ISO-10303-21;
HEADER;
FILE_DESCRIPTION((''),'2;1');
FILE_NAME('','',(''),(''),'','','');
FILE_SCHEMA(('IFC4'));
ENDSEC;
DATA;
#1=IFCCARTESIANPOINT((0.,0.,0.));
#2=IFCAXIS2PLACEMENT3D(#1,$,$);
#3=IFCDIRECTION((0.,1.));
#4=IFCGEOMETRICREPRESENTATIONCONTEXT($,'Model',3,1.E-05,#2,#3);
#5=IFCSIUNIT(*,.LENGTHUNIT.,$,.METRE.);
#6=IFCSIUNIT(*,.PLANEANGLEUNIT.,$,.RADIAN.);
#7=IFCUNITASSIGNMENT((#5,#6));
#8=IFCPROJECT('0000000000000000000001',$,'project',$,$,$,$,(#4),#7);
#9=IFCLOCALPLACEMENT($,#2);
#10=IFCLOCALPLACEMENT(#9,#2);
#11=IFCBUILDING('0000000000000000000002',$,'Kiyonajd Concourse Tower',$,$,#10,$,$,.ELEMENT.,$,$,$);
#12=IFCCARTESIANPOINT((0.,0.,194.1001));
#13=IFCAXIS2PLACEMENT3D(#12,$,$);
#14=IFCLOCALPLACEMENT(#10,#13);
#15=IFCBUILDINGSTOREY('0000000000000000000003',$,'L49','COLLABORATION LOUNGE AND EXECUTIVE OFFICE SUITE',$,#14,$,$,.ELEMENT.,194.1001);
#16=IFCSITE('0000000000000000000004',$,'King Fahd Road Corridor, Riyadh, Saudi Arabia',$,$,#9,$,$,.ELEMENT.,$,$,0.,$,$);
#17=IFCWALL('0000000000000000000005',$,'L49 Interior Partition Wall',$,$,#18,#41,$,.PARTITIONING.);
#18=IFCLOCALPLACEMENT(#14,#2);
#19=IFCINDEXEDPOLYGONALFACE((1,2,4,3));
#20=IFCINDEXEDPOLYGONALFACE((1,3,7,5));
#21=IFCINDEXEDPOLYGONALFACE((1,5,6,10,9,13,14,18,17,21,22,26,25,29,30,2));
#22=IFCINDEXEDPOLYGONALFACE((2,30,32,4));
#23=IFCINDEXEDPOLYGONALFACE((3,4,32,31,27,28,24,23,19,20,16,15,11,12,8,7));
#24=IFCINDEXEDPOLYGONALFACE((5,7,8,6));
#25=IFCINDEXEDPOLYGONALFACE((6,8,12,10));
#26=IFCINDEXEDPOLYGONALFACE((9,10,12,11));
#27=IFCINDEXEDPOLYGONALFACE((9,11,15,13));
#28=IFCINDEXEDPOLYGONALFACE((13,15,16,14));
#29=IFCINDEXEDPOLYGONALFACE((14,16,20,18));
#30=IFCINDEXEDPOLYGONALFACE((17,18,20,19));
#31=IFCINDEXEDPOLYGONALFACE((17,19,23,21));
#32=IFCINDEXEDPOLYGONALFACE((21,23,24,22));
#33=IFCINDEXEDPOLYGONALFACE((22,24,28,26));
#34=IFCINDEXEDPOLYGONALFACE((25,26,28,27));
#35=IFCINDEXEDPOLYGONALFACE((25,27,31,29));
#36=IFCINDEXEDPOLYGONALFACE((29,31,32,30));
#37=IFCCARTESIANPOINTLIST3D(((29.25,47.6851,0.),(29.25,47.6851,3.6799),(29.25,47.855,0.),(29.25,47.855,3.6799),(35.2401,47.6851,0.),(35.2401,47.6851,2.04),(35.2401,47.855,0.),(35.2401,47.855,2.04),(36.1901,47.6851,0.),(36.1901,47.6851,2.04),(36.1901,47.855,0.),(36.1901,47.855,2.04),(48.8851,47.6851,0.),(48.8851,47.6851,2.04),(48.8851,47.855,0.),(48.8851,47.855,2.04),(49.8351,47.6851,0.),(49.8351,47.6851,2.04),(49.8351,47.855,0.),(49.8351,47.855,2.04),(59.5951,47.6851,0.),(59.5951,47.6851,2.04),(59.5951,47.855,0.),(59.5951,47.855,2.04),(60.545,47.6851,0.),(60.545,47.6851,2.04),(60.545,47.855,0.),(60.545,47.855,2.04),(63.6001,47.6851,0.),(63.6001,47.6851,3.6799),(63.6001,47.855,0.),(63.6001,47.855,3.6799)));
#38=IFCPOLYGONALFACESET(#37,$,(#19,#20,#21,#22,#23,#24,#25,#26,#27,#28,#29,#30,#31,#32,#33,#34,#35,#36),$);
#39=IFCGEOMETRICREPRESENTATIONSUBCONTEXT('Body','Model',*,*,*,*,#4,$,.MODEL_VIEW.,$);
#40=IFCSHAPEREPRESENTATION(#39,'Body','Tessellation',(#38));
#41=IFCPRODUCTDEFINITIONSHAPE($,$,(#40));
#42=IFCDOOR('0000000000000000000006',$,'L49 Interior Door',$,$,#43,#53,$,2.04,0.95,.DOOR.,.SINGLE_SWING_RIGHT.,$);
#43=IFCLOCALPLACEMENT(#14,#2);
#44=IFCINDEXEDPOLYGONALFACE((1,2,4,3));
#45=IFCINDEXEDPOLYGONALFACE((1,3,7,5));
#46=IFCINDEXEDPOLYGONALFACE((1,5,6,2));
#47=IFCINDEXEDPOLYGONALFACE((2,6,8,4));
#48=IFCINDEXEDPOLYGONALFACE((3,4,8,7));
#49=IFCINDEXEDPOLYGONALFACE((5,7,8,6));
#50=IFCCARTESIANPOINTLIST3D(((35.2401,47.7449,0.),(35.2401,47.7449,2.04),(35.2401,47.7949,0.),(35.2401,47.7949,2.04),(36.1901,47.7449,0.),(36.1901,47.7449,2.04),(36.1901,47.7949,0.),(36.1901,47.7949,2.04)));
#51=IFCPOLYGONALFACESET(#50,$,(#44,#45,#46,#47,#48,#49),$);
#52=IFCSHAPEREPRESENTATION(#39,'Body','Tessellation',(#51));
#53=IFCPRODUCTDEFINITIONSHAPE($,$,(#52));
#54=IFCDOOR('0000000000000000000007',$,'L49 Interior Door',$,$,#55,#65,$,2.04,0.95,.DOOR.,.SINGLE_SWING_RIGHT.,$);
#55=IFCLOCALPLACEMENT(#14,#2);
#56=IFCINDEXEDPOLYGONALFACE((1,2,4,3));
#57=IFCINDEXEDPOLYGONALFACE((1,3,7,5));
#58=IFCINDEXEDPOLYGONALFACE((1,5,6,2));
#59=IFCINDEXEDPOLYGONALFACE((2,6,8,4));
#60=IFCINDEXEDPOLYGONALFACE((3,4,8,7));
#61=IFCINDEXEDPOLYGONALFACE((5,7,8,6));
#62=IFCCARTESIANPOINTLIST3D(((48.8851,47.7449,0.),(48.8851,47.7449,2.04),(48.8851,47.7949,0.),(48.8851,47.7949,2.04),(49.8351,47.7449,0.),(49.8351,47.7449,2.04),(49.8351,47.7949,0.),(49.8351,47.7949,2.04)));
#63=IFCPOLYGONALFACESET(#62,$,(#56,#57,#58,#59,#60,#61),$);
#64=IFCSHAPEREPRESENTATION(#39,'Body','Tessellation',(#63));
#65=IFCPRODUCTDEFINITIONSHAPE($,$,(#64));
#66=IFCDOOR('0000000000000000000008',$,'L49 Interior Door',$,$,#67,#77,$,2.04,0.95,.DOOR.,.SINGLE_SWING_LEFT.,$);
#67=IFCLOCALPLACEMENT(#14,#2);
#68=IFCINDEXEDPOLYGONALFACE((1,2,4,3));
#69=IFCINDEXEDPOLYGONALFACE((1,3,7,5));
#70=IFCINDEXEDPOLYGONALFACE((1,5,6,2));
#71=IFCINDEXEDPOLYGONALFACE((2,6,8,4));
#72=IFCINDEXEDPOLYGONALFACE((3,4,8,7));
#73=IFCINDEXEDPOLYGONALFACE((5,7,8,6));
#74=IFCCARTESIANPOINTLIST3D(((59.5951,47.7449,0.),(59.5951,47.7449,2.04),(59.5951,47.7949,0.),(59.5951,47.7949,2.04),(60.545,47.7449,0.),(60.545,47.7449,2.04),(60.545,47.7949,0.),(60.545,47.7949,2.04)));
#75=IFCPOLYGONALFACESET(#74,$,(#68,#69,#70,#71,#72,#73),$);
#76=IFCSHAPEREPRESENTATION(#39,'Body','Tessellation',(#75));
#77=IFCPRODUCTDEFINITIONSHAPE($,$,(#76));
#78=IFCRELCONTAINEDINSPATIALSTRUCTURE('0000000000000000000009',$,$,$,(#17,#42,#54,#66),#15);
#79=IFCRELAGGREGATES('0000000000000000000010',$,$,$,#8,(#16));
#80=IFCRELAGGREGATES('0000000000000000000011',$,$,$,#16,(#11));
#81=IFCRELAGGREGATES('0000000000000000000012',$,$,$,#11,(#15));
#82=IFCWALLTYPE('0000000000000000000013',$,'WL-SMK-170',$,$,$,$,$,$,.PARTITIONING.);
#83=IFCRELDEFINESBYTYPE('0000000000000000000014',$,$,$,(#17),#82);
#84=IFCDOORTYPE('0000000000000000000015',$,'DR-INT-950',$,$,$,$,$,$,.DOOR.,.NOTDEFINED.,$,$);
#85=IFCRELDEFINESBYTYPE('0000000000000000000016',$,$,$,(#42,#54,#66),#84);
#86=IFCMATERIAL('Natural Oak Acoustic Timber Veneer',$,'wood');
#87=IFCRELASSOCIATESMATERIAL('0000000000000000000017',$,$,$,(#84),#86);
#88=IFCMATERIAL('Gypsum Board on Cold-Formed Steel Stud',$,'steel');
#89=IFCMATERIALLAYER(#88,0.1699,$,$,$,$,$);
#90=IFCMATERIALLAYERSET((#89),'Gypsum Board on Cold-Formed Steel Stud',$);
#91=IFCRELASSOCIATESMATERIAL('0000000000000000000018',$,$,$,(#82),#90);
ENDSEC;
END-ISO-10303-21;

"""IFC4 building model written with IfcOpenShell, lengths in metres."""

from ifc_helpers import new_model, si_unit, direction, frame, frame_2d, origin, place, context, subcontext, project, spatial, rectangle, extrude, material, layer, layer_set, type_object, element, fill, save


model = new_model("IFC4")

# Units and contexts
model_context = context("Model", 3, precision=1e-05, world=origin(), true_north=direction((0.0, 1.0)))
body_context = subcontext(model_context, "Body", "Model", "MODEL_VIEW")
ifc_project = project(units=[si_unit("LENGTHUNIT", "METRE"), si_unit("PLANEANGLEUNIT", "RADIAN")], contexts=[model_context])

# Site, building, storey
site_placement = place(None, origin())
site = spatial("IfcSite", under=ifc_project, at=site_placement, Name="King Fahd Road Corridor, Riyadh, Saudi Arabia", CompositionType="ELEMENT", RefElevation=0.0)
building_placement = place(site_placement, origin())
building = spatial("IfcBuilding", under=site, at=building_placement, Name="Kiyonajd Concourse Tower", CompositionType="ELEMENT")
storey_placement = place(building_placement, frame((0.0, 0.0, 194.1001)))
storey = spatial("IfcBuildingStorey", under=building, at=storey_placement, Name="L49", Description="COLLABORATION LOUNGE AND EXECUTIVE OFFICE SUITE", CompositionType="ELEMENT", Elevation=194.1001)

# Shared definitions
ifc_material_1 = material(Name="Natural Oak Acoustic Timber Veneer", Category="wood")
door_type_1 = type_object("IfcDoorType", Name="DR-INT-950", OperationType="NOTDEFINED", PredefinedType="DOOR", material=ifc_material_1)

# Shared definitions
ifc_material_2 = material(Name="Gypsum Board on Cold-Formed Steel Stud", Category="steel")

# Wall, openings, doors
ifc_layer_1 = layer(ifc_material_2, 0.1699)
ifc_layer_set_1 = layer_set([ifc_layer_1], Name="Gypsum Board on Cold-Formed Steel Stud")
wall_type_1 = type_object("IfcWallType", Name="WL-SMK-170", PredefinedType="PARTITIONING", material=ifc_layer_set_1)
wall_1_placement = place(storey_placement, frame((29.25, 47.77, 0.0), z_axis=(0.0, 0.0, 1.0), x_axis=(1.0, 0.0, 0.0)))
wall_1 = element("IfcWall", 1, at=wall_1_placement, inside=storey, type_object=wall_type_1, Name="L49 Interior Partition Wall", PredefinedType="PARTITIONING", context=body_context, shape_type="SweptSolid", body=[
    extrude(rectangle(XDim=34.3501, YDim=0.1699, at=frame_2d((17.175, 0.0))), origin(), (0.0, 0.0, 1.0), 3.6799),
])
opening_1_placement = place(wall_1_placement, frame((5.99, 0.0, 0.0)))
opening_1 = element("IfcOpeningElement", 2, at=opening_1_placement, cuts=wall_1, PredefinedType="OPENING", context=body_context, shape_type="SweptSolid", body=[
    extrude(rectangle(XDim=0.95, YDim=2.04, at=frame_2d((0.4751, 1.02))), frame((0.0, 0.095, 0.0), z_axis=(0.0, -1.0, 0.0), x_axis=(1.0, 0.0, 0.0)), (0.0, 0.0, 1.0), 0.1899),
])
opening_2_placement = place(wall_1_placement, frame((19.635, 0.0, 0.0)))
opening_2 = element("IfcOpeningElement", 3, at=opening_2_placement, cuts=wall_1, PredefinedType="OPENING", context=body_context, shape_type="SweptSolid", body=[
    extrude(rectangle(XDim=0.95, YDim=2.04, at=frame_2d((0.4751, 1.02))), frame((0.0, 0.095, 0.0), z_axis=(0.0, -1.0, 0.0), x_axis=(1.0, 0.0, 0.0)), (0.0, 0.0, 1.0), 0.1899),
])
opening_3_placement = place(wall_1_placement, frame((30.345, 0.0, 0.0)))
opening_3 = element("IfcOpeningElement", 4, at=opening_3_placement, cuts=wall_1, PredefinedType="OPENING", context=body_context, shape_type="SweptSolid", body=[
    extrude(rectangle(XDim=0.95, YDim=2.04, at=frame_2d((0.4751, 1.02))), frame((0.0, 0.095, 0.0), z_axis=(0.0, -1.0, 0.0), x_axis=(1.0, 0.0, 0.0)), (0.0, 0.0, 1.0), 0.1899),
])
door_1_placement = place(opening_1_placement, origin())
door_1 = element("IfcDoor", 5, at=door_1_placement, inside=storey, type_object=door_type_1, Name="L49 Interior Door", OperationType="SINGLE_SWING_RIGHT", OverallHeight=2.04, OverallWidth=0.95, PredefinedType="DOOR", context=body_context, shape_type="SweptSolid", body=[
    extrude(rectangle(XDim=0.95, YDim=2.04, at=frame_2d((0.4751, 1.02))), frame((0.0, 0.0249, 0.0), z_axis=(0.0, -1.0, 0.0), x_axis=(1.0, 0.0, 0.0)), (0.0, 0.0, 1.0), 0.05),
])
fill(opening_1, door_1)
door_2_placement = place(opening_2_placement, origin())
door_2 = element("IfcDoor", 6, at=door_2_placement, inside=storey, type_object=door_type_1, Name="L49 Interior Door", OperationType="SINGLE_SWING_RIGHT", OverallHeight=2.04, OverallWidth=0.95, PredefinedType="DOOR", context=body_context, shape_type="SweptSolid", body=[
    extrude(rectangle(XDim=0.95, YDim=2.04, at=frame_2d((0.4751, 1.02))), frame((0.0, 0.0249, 0.0), z_axis=(0.0, -1.0, 0.0), x_axis=(1.0, 0.0, 0.0)), (0.0, 0.0, 1.0), 0.05),
])
fill(opening_2, door_2)
door_3_placement = place(opening_3_placement, origin())
door_3 = element("IfcDoor", 7, at=door_3_placement, inside=storey, type_object=door_type_1, Name="L49 Interior Door", OperationType="SINGLE_SWING_LEFT", OverallHeight=2.04, OverallWidth=0.95, PredefinedType="DOOR", context=body_context, shape_type="SweptSolid", body=[
    extrude(rectangle(XDim=0.95, YDim=2.04, at=frame_2d((0.4751, 1.02))), frame((0.0, 0.0249, 0.0), z_axis=(0.0, -1.0, 0.0), x_axis=(1.0, 0.0, 0.0)), (0.0, 0.0, 1.0), 0.05),
])
fill(opening_3, door_3)

save(model, "model.ifc")
